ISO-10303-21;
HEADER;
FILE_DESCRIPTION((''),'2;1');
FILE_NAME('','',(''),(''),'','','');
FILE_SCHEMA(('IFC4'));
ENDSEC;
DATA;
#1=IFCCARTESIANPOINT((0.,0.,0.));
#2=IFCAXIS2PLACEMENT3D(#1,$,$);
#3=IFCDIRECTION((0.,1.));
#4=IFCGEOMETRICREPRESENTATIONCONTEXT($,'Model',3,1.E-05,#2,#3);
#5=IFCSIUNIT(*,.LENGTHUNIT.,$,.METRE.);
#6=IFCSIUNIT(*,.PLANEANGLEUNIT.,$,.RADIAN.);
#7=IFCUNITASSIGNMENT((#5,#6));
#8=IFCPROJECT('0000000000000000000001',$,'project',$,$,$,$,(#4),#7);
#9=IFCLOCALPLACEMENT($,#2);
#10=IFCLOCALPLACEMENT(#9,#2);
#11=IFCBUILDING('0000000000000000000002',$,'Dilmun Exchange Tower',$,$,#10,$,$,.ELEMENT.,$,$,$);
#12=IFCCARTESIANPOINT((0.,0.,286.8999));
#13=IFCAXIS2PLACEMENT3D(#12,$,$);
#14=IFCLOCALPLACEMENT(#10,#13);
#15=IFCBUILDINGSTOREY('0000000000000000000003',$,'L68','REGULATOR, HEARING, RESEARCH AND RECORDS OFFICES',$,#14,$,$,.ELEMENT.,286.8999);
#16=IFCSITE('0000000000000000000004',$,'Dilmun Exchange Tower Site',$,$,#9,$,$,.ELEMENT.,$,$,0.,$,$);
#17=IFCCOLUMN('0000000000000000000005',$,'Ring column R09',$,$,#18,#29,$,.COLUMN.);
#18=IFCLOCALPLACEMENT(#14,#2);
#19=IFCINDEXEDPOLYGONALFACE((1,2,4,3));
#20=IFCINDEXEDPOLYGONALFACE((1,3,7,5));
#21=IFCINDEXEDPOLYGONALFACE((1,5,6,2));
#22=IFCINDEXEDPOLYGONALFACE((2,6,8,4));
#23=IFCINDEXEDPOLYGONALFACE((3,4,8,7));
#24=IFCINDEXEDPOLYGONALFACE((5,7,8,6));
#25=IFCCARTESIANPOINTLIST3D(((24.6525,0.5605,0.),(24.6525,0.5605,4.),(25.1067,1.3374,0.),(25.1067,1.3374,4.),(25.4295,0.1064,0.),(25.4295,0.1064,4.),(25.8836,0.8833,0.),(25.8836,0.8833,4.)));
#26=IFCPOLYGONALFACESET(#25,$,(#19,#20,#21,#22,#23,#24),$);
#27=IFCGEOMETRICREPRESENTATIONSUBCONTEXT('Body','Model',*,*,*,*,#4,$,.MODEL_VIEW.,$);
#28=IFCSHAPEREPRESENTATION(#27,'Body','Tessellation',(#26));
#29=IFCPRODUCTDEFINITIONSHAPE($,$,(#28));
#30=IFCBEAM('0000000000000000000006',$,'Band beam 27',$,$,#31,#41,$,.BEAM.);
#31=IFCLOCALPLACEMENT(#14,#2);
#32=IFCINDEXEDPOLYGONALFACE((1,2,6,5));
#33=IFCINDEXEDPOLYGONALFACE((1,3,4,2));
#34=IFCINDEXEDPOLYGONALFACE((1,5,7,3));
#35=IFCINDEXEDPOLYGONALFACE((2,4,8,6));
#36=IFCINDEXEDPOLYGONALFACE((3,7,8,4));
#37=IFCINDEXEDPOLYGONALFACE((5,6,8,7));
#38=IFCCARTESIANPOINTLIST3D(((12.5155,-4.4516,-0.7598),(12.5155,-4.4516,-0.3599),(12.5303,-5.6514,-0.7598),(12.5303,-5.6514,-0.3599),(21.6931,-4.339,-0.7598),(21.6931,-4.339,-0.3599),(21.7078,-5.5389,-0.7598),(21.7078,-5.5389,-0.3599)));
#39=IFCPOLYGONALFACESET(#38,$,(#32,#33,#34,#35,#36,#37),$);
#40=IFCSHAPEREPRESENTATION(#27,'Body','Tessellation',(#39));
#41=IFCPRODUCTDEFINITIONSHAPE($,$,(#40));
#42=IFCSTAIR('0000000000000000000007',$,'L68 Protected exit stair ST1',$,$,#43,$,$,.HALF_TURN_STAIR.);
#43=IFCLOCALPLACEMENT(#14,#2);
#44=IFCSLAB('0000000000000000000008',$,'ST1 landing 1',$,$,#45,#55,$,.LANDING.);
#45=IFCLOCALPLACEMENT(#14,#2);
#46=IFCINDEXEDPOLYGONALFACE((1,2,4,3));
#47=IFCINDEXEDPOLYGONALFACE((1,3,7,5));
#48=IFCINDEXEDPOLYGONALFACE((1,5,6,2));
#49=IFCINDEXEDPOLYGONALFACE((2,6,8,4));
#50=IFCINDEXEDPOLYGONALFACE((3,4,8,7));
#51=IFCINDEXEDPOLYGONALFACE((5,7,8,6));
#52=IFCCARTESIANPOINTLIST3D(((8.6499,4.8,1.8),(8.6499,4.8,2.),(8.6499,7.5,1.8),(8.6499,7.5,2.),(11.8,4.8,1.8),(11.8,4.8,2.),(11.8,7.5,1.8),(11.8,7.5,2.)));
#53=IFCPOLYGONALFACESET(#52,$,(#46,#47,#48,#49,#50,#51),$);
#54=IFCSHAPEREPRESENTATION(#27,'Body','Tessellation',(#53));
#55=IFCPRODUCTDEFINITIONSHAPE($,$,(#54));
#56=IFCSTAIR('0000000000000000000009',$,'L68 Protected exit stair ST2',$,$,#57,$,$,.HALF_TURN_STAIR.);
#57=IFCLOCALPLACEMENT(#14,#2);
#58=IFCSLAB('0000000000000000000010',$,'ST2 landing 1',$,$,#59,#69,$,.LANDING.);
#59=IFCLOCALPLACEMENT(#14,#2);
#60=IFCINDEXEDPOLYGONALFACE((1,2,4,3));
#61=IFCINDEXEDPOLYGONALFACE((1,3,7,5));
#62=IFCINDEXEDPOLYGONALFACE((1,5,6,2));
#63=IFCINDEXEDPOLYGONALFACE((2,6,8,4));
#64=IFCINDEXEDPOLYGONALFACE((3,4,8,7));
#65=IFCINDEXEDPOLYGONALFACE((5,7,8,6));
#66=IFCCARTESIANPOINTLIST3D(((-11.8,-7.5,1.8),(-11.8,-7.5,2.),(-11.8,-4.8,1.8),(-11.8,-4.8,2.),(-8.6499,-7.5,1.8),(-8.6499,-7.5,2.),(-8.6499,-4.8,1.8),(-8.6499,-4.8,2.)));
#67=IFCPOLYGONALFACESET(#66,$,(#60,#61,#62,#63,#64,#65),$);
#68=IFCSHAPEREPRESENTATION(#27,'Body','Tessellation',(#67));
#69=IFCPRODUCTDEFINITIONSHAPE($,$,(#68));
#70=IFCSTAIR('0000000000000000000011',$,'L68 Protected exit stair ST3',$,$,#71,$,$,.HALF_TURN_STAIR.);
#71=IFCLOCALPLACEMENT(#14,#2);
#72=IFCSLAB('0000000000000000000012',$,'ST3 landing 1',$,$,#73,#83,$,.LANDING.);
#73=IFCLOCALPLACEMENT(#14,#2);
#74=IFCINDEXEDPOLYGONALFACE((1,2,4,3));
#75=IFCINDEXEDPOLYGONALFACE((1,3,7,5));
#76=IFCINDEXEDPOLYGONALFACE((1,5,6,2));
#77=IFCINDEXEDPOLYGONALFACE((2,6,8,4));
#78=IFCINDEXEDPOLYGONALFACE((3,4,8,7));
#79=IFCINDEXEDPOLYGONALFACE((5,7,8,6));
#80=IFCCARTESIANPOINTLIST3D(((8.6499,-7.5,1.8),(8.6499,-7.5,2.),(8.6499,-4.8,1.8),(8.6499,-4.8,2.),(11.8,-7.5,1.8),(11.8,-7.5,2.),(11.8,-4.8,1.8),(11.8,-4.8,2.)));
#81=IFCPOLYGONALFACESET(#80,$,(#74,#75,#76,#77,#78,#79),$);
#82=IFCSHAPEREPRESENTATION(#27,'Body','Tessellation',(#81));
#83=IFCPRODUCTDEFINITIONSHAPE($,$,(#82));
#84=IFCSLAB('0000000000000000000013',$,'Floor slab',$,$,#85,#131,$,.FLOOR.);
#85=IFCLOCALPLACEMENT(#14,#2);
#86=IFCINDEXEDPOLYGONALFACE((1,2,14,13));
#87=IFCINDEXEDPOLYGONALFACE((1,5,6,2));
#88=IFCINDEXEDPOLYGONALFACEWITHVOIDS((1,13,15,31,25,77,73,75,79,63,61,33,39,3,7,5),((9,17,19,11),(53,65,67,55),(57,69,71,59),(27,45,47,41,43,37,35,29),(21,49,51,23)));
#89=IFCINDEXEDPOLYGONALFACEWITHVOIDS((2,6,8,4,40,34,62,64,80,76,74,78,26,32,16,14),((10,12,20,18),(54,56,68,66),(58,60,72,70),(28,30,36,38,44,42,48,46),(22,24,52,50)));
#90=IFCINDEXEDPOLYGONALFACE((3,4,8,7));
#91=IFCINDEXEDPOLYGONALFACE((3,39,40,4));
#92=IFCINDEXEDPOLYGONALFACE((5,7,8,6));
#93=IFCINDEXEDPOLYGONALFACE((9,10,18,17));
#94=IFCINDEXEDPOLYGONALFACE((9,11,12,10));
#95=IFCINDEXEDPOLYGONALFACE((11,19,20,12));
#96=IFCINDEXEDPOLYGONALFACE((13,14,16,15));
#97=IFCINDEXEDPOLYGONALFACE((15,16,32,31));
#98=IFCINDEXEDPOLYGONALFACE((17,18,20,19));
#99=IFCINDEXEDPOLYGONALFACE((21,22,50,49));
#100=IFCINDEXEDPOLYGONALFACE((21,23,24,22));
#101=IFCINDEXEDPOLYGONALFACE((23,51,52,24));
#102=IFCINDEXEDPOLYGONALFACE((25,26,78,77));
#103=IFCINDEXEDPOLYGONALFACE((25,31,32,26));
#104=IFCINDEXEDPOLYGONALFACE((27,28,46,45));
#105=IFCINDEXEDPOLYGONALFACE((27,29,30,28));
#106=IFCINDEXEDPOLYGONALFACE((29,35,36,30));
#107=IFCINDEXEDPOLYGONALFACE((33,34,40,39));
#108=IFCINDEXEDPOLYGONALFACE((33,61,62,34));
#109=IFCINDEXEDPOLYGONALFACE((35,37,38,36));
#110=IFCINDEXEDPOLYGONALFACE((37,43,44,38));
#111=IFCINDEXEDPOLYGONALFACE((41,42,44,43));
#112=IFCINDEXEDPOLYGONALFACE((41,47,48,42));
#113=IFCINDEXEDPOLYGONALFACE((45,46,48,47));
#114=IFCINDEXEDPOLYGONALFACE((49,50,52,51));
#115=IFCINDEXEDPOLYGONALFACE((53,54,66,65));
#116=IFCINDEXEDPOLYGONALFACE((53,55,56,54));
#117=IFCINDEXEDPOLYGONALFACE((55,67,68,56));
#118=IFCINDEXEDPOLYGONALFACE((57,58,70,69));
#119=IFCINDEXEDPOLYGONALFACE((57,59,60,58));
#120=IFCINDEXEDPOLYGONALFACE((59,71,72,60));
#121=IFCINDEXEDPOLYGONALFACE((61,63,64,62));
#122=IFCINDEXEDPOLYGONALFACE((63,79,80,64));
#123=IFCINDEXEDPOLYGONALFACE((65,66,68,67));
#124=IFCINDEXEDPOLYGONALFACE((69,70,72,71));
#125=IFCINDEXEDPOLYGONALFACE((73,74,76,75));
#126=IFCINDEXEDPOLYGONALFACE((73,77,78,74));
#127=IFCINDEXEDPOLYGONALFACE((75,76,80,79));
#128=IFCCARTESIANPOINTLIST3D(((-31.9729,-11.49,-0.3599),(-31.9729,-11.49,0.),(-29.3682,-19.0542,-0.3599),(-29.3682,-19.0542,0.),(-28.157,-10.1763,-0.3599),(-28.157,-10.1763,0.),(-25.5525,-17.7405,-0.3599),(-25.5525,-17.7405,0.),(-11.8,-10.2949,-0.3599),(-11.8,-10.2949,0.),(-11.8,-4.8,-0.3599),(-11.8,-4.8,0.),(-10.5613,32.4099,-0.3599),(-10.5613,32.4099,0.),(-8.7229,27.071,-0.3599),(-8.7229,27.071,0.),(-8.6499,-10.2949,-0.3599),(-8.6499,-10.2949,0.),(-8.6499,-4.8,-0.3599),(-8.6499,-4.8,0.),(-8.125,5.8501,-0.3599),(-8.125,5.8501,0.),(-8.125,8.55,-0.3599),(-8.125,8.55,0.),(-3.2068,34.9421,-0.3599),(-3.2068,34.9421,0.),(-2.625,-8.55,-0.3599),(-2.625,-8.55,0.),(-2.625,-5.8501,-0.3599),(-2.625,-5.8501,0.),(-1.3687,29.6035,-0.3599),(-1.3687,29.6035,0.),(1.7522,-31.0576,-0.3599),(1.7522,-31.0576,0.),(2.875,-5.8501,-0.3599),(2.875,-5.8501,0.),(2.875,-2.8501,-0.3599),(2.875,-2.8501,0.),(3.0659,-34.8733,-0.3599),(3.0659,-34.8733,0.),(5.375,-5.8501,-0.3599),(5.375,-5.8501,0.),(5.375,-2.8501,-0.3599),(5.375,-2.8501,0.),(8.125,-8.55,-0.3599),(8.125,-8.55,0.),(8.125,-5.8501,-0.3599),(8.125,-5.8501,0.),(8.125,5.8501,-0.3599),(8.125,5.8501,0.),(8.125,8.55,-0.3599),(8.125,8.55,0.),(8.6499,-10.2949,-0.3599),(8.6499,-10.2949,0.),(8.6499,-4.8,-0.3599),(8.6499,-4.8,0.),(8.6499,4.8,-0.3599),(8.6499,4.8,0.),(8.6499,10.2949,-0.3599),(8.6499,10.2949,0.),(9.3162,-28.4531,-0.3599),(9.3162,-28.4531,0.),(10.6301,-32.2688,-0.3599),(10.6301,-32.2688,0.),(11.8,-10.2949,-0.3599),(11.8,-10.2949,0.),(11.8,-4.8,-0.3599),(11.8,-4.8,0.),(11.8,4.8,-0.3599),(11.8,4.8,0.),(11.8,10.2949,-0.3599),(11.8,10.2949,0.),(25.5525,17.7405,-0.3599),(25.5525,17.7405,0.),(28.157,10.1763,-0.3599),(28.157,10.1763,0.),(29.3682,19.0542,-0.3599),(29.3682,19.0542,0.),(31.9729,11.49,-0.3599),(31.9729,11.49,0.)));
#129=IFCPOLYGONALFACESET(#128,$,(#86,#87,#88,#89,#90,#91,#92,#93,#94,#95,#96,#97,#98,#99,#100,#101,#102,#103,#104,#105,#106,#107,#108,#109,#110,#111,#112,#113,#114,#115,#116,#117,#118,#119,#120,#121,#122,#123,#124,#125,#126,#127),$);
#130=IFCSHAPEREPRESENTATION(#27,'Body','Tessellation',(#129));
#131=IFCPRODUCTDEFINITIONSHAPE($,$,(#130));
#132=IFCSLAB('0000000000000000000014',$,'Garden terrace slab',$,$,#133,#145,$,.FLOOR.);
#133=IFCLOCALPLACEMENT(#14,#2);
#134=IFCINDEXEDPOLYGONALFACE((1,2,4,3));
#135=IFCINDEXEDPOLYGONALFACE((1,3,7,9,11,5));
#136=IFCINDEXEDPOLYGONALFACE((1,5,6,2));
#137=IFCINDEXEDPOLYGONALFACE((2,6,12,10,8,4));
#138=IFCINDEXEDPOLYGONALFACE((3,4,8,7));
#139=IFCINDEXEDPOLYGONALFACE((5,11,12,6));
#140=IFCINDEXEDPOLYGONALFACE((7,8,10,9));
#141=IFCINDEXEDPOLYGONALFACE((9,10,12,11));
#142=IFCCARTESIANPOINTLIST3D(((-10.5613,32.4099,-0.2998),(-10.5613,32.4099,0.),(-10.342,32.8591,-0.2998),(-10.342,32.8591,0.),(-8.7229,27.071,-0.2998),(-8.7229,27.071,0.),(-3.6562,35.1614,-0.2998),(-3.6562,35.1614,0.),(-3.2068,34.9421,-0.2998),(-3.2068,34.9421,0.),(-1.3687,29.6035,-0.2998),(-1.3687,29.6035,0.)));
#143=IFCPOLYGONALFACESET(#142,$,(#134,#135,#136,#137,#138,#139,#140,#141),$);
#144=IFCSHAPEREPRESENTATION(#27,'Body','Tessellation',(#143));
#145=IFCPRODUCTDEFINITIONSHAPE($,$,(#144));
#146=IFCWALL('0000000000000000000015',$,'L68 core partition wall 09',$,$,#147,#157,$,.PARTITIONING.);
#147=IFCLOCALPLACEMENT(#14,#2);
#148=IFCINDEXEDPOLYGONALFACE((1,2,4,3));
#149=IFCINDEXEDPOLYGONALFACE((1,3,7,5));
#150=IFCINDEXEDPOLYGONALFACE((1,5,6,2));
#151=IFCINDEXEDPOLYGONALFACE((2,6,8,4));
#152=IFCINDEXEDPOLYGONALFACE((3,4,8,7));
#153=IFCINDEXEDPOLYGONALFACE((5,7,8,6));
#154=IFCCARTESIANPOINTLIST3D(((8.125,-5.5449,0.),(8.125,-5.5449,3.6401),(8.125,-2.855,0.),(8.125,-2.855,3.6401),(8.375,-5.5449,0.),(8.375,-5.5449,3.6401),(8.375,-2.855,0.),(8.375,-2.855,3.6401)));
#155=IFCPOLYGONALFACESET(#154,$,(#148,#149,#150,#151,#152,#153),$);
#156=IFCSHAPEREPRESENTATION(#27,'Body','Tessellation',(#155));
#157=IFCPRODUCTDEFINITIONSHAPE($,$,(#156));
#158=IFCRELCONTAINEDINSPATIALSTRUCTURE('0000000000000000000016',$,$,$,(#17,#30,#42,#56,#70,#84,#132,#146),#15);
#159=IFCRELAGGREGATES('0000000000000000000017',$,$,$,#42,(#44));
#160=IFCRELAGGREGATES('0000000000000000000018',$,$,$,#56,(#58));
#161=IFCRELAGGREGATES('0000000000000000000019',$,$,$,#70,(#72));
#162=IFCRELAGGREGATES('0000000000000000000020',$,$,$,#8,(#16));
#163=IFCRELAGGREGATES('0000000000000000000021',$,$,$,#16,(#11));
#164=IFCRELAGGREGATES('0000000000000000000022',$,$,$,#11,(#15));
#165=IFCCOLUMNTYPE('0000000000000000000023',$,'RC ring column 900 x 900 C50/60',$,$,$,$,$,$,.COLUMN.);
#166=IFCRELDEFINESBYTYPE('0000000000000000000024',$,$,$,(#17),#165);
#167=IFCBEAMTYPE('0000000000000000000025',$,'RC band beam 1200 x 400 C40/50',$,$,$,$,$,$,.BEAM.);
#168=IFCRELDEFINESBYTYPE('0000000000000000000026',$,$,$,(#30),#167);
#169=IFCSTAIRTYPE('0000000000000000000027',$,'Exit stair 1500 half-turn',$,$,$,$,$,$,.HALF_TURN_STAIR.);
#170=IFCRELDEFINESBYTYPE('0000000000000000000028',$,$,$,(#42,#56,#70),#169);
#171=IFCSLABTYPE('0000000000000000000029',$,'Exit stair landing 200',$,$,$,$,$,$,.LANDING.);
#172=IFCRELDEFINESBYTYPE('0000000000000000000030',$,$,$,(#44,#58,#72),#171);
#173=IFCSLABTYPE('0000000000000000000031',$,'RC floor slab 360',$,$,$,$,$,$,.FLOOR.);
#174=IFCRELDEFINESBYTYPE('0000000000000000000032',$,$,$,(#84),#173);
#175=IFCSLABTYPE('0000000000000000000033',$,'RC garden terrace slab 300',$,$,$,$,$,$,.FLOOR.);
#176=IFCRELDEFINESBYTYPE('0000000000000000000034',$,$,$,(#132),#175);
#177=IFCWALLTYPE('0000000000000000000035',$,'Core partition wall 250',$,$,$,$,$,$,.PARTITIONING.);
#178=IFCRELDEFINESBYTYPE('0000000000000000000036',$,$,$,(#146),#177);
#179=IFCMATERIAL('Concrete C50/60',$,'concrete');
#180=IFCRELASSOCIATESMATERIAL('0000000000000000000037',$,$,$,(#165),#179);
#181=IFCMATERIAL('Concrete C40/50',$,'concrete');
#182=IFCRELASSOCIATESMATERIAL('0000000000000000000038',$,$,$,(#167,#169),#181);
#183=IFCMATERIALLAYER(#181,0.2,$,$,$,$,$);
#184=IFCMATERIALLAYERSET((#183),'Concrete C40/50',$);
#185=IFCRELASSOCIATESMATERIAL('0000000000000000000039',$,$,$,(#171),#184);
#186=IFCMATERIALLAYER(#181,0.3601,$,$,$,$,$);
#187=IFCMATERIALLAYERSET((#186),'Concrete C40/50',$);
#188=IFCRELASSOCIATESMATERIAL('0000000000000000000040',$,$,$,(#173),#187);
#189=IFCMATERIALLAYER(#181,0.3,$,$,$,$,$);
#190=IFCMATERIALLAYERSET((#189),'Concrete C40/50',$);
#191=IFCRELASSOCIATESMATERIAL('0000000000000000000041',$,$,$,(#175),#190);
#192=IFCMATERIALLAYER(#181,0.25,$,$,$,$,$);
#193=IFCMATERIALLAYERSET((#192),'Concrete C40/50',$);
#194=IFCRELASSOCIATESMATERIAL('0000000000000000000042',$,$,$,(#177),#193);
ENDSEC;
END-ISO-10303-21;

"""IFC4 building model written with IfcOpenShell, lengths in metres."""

from ifc_helpers import new_model, si_unit, direction, frame, frame_2d, origin, origin_2d, place, context, subcontext, project, spatial, polyline, rectangle, outline, extrude, material, layer, layer_set, material_profile, profile_set, type_object, element, aggregate, save


model = new_model("IFC4")

# Units and contexts
model_context = context("Model", 3, precision=1e-05, world=origin(), true_north=direction((0.0, 1.0)))
body_context = subcontext(model_context, "Body", "Model", "MODEL_VIEW")
ifc_project = project(units=[si_unit("LENGTHUNIT", "METRE"), si_unit("PLANEANGLEUNIT", "RADIAN")], contexts=[model_context])

# Site, building, storey
site_placement = place(None, origin())
site = spatial("IfcSite", under=ifc_project, at=site_placement, Name="Dilmun Exchange Tower Site", CompositionType="ELEMENT", RefElevation=0.0)
building_placement = place(site_placement, origin())
building = spatial("IfcBuilding", under=site, at=building_placement, Name="Dilmun Exchange Tower", CompositionType="ELEMENT")
storey_placement = place(building_placement, frame((0.0, 0.0, 286.8999)))
storey = spatial("IfcBuildingStorey", under=building, at=storey_placement, Name="L68", Description="REGULATOR, HEARING, RESEARCH AND RECORDS OFFICES", CompositionType="ELEMENT", Elevation=286.8999)

# Column
ifc_material_1 = material(Name="Concrete C50/60", Category="concrete")
ifc_material_profile_1 = material_profile(ifc_material_1, rectangle(XDim=0.8999, YDim=0.8999, at=origin_2d()), Name="900 x 900")
ifc_profile_set_1 = profile_set([ifc_material_profile_1], Name="Concrete C50/60")
column_type = type_object("IfcColumnType", Name="RC ring column 900 x 900 C50/60", PredefinedType="COLUMN", material=ifc_profile_set_1)
column_placement = place(storey_placement, frame((25.2681, 0.7219, 0.0), z_axis=(0.0, 0.0, 1.0), x_axis=(0.504644, 0.863328, 0.0)))
element("IfcColumn", 1, at=column_placement, inside=storey, type_object=column_type, Name="Ring column R09", PredefinedType="COLUMN", context=body_context, shape_type="SweptSolid", body=[
    extrude(rectangle(XDim=0.8999, YDim=0.8999, at=origin_2d()), origin(), (0.0, 0.0, 1.0), 4.0),
])

# Beam
ifc_material_2 = material(Name="Concrete C40/50", Category="concrete")
ifc_material_profile_2 = material_profile(ifc_material_2, rectangle(XDim=1.2, YDim=0.3999, at=origin_2d()), Name="1200 x 400")
ifc_profile_set_2 = profile_set([ifc_material_profile_2], Name="Concrete C40/50")
beam_type = type_object("IfcBeamType", Name="RC band beam 1200 x 400 C40/50", PredefinedType="BEAM", material=ifc_profile_set_2)
beam_placement = place(storey_placement, frame((21.7004, -4.939, -0.5598), z_axis=(-0.999925, -0.012263, 0.0), x_axis=(0.012263, -0.999925, 0.0)))
element("IfcBeam", 2, at=beam_placement, inside=storey, type_object=beam_type, Name="Band beam 27", PredefinedType="BEAM", context=body_context, shape_type="SweptSolid", body=[
    extrude(rectangle(XDim=1.2, YDim=0.3999, at=origin_2d()), origin(), (0.0, 0.0, 1.0), 9.1782),
])

# Stairs, slabs
stair_type = type_object("IfcStairType", Name="Exit stair 1500 half-turn", PredefinedType="HALF_TURN_STAIR", material=ifc_material_2)
stair_1_placement = place(storey_placement, origin())
stair_1 = element("IfcStair", 3, at=stair_1_placement, inside=storey, type_object=stair_type, Name="L68 Protected exit stair ST1", PredefinedType="HALF_TURN_STAIR")
ifc_layer_1 = layer(ifc_material_2, 0.2)
ifc_layer_set_1 = layer_set([ifc_layer_1], Name="Concrete C40/50")
slab_type_1 = type_object("IfcSlabType", Name="Exit stair landing 200", PredefinedType="LANDING", material=ifc_layer_set_1)
slab_1_placement = place(storey_placement, frame((0.0, 0.0, 1.8)))
slab_1 = element("IfcSlab", 4, at=slab_1_placement, type_object=slab_type_1, Name="ST1 landing 1", PredefinedType="LANDING", context=body_context, shape_type="SweptSolid", body=[
    extrude(outline(polyline([(8.6499, 7.5), (8.6499, 4.8), (11.8, 4.8), (11.8, 7.5), (8.6499, 7.5)])), origin(), (0.0, 0.0, 1.0), 0.2),
])
aggregate(stair_1, [slab_1])
stair_2_placement = place(storey_placement, origin())
stair_2 = element("IfcStair", 5, at=stair_2_placement, inside=storey, type_object=stair_type, Name="L68 Protected exit stair ST2", PredefinedType="HALF_TURN_STAIR")
slab_2_placement = place(storey_placement, frame((0.0, 0.0, 1.8)))
slab_2 = element("IfcSlab", 6, at=slab_2_placement, type_object=slab_type_1, Name="ST2 landing 1", PredefinedType="LANDING", context=body_context, shape_type="SweptSolid", body=[
    extrude(outline(polyline([(-8.6499, -7.5), (-8.6499, -4.8), (-11.8, -4.8), (-11.8, -7.5), (-8.6499, -7.5)])), origin(), (0.0, 0.0, 1.0), 0.2),
])
aggregate(stair_2, [slab_2])
stair_3_placement = place(storey_placement, origin())
stair_3 = element("IfcStair", 7, at=stair_3_placement, inside=storey, type_object=stair_type, Name="L68 Protected exit stair ST3", PredefinedType="HALF_TURN_STAIR")
slab_3_placement = place(storey_placement, frame((0.0, 0.0, 1.8)))
slab_3 = element("IfcSlab", 8, at=slab_3_placement, type_object=slab_type_1, Name="ST3 landing 1", PredefinedType="LANDING", context=body_context, shape_type="SweptSolid", body=[
    extrude(outline(polyline([(11.8, -7.5), (11.8, -4.8), (8.6499, -4.8), (8.6499, -7.5), (11.8, -7.5)])), origin(), (0.0, 0.0, 1.0), 0.2),
])
aggregate(stair_3, [slab_3])

# Slabs
ifc_layer_2 = layer(ifc_material_2, 0.3601)
ifc_layer_set_2 = layer_set([ifc_layer_2], Name="Concrete C40/50")
slab_type_2 = type_object("IfcSlabType", Name="RC floor slab 360", PredefinedType="FLOOR", material=ifc_layer_set_2)
slab_4_placement = place(storey_placement, frame((0.0, 0.0, -0.3599)))
element("IfcSlab", 9, at=slab_4_placement, inside=storey, type_object=slab_type_2, Name="Floor slab", PredefinedType="FLOOR", context=body_context, shape_type="SweptSolid", body=[
    extrude(outline(polyline([(25.5525, 17.7405), (28.157, 10.1763), (31.9729, 11.49), (10.6301, -32.2688), (9.3162, -28.4531), (1.7522, -31.0576), (3.0659, -34.8733), (-29.3682, -19.0542), (-25.5525, -17.7405), (-28.157, -10.1763), (-31.9729, -11.49), (-10.5613, 32.4099), (-8.7229, 27.071), (-1.3687, 29.6035), (-3.2068, 34.9421), (29.3682, 19.0542), (25.5525, 17.7405)]), holes=[polyline([(-8.6499, -4.8), (-11.8, -4.8), (-11.8, -10.2949), (-8.6499, -10.2949), (-8.6499, -4.8)]), polyline([(11.8, -4.8), (8.6499, -4.8), (8.6499, -10.2949), (11.8, -10.2949), (11.8, -4.8)]), polyline([(2.875, -5.8501), (-2.625, -5.8501), (-2.625, -8.55), (8.125, -8.55), (8.125, -5.8501), (5.375, -5.8501), (5.375, -2.8501), (2.875, -2.8501), (2.875, -5.8501)]), polyline([(8.125, 5.8501), (8.125, 8.55), (-8.125, 8.55), (-8.125, 5.8501), (8.125, 5.8501)]), polyline([(8.6499, 10.2949), (8.6499, 4.8), (11.8, 4.8), (11.8, 10.2949), (8.6499, 10.2949)])]), origin(), (0.0, 0.0, 1.0), 0.3599),
])
ifc_layer_3 = layer(ifc_material_2, 0.3)
ifc_layer_set_3 = layer_set([ifc_layer_3], Name="Concrete C40/50")
slab_type_3 = type_object("IfcSlabType", Name="RC garden terrace slab 300", PredefinedType="FLOOR", material=ifc_layer_set_3)
slab_5_placement = place(storey_placement, frame((0.0, 0.0, -0.2998)))
element("IfcSlab", 10, at=slab_5_placement, inside=storey, type_object=slab_type_3, Name="Garden terrace slab", PredefinedType="FLOOR", context=body_context, shape_type="SweptSolid", body=[
    extrude(outline(polyline([(-8.7229, 27.071), (-10.5613, 32.4099), (-10.342, 32.8591), (-3.6562, 35.1614), (-3.2068, 34.9421), (-1.3687, 29.6035), (-8.7229, 27.071)])), origin(), (0.0, 0.0, 1.0), 0.2998),
])

# Wall
ifc_layer_4 = layer(ifc_material_2, 0.25)
ifc_layer_set_4 = layer_set([ifc_layer_4], Name="Concrete C40/50")
wall_type_1 = type_object("IfcWallType", Name="Core partition wall 250", PredefinedType="PARTITIONING", material=ifc_layer_set_4)
wall_1_placement = place(storey_placement, frame((8.25, -5.5449, 0.0), z_axis=(0.0, 0.0, 1.0), x_axis=(0.0, 1.0, 0.0)))
element("IfcWall", 11, at=wall_1_placement, inside=storey, type_object=wall_type_1, Name="L68 core partition wall 09", PredefinedType="PARTITIONING", context=body_context, shape_type="SweptSolid", body=[
    extrude(rectangle(XDim=2.6899, YDim=0.25, at=frame_2d((1.345, 0.0))), origin(), (0.0, 0.0, 1.0), 3.6401),
])

save(model, "model.ifc")
